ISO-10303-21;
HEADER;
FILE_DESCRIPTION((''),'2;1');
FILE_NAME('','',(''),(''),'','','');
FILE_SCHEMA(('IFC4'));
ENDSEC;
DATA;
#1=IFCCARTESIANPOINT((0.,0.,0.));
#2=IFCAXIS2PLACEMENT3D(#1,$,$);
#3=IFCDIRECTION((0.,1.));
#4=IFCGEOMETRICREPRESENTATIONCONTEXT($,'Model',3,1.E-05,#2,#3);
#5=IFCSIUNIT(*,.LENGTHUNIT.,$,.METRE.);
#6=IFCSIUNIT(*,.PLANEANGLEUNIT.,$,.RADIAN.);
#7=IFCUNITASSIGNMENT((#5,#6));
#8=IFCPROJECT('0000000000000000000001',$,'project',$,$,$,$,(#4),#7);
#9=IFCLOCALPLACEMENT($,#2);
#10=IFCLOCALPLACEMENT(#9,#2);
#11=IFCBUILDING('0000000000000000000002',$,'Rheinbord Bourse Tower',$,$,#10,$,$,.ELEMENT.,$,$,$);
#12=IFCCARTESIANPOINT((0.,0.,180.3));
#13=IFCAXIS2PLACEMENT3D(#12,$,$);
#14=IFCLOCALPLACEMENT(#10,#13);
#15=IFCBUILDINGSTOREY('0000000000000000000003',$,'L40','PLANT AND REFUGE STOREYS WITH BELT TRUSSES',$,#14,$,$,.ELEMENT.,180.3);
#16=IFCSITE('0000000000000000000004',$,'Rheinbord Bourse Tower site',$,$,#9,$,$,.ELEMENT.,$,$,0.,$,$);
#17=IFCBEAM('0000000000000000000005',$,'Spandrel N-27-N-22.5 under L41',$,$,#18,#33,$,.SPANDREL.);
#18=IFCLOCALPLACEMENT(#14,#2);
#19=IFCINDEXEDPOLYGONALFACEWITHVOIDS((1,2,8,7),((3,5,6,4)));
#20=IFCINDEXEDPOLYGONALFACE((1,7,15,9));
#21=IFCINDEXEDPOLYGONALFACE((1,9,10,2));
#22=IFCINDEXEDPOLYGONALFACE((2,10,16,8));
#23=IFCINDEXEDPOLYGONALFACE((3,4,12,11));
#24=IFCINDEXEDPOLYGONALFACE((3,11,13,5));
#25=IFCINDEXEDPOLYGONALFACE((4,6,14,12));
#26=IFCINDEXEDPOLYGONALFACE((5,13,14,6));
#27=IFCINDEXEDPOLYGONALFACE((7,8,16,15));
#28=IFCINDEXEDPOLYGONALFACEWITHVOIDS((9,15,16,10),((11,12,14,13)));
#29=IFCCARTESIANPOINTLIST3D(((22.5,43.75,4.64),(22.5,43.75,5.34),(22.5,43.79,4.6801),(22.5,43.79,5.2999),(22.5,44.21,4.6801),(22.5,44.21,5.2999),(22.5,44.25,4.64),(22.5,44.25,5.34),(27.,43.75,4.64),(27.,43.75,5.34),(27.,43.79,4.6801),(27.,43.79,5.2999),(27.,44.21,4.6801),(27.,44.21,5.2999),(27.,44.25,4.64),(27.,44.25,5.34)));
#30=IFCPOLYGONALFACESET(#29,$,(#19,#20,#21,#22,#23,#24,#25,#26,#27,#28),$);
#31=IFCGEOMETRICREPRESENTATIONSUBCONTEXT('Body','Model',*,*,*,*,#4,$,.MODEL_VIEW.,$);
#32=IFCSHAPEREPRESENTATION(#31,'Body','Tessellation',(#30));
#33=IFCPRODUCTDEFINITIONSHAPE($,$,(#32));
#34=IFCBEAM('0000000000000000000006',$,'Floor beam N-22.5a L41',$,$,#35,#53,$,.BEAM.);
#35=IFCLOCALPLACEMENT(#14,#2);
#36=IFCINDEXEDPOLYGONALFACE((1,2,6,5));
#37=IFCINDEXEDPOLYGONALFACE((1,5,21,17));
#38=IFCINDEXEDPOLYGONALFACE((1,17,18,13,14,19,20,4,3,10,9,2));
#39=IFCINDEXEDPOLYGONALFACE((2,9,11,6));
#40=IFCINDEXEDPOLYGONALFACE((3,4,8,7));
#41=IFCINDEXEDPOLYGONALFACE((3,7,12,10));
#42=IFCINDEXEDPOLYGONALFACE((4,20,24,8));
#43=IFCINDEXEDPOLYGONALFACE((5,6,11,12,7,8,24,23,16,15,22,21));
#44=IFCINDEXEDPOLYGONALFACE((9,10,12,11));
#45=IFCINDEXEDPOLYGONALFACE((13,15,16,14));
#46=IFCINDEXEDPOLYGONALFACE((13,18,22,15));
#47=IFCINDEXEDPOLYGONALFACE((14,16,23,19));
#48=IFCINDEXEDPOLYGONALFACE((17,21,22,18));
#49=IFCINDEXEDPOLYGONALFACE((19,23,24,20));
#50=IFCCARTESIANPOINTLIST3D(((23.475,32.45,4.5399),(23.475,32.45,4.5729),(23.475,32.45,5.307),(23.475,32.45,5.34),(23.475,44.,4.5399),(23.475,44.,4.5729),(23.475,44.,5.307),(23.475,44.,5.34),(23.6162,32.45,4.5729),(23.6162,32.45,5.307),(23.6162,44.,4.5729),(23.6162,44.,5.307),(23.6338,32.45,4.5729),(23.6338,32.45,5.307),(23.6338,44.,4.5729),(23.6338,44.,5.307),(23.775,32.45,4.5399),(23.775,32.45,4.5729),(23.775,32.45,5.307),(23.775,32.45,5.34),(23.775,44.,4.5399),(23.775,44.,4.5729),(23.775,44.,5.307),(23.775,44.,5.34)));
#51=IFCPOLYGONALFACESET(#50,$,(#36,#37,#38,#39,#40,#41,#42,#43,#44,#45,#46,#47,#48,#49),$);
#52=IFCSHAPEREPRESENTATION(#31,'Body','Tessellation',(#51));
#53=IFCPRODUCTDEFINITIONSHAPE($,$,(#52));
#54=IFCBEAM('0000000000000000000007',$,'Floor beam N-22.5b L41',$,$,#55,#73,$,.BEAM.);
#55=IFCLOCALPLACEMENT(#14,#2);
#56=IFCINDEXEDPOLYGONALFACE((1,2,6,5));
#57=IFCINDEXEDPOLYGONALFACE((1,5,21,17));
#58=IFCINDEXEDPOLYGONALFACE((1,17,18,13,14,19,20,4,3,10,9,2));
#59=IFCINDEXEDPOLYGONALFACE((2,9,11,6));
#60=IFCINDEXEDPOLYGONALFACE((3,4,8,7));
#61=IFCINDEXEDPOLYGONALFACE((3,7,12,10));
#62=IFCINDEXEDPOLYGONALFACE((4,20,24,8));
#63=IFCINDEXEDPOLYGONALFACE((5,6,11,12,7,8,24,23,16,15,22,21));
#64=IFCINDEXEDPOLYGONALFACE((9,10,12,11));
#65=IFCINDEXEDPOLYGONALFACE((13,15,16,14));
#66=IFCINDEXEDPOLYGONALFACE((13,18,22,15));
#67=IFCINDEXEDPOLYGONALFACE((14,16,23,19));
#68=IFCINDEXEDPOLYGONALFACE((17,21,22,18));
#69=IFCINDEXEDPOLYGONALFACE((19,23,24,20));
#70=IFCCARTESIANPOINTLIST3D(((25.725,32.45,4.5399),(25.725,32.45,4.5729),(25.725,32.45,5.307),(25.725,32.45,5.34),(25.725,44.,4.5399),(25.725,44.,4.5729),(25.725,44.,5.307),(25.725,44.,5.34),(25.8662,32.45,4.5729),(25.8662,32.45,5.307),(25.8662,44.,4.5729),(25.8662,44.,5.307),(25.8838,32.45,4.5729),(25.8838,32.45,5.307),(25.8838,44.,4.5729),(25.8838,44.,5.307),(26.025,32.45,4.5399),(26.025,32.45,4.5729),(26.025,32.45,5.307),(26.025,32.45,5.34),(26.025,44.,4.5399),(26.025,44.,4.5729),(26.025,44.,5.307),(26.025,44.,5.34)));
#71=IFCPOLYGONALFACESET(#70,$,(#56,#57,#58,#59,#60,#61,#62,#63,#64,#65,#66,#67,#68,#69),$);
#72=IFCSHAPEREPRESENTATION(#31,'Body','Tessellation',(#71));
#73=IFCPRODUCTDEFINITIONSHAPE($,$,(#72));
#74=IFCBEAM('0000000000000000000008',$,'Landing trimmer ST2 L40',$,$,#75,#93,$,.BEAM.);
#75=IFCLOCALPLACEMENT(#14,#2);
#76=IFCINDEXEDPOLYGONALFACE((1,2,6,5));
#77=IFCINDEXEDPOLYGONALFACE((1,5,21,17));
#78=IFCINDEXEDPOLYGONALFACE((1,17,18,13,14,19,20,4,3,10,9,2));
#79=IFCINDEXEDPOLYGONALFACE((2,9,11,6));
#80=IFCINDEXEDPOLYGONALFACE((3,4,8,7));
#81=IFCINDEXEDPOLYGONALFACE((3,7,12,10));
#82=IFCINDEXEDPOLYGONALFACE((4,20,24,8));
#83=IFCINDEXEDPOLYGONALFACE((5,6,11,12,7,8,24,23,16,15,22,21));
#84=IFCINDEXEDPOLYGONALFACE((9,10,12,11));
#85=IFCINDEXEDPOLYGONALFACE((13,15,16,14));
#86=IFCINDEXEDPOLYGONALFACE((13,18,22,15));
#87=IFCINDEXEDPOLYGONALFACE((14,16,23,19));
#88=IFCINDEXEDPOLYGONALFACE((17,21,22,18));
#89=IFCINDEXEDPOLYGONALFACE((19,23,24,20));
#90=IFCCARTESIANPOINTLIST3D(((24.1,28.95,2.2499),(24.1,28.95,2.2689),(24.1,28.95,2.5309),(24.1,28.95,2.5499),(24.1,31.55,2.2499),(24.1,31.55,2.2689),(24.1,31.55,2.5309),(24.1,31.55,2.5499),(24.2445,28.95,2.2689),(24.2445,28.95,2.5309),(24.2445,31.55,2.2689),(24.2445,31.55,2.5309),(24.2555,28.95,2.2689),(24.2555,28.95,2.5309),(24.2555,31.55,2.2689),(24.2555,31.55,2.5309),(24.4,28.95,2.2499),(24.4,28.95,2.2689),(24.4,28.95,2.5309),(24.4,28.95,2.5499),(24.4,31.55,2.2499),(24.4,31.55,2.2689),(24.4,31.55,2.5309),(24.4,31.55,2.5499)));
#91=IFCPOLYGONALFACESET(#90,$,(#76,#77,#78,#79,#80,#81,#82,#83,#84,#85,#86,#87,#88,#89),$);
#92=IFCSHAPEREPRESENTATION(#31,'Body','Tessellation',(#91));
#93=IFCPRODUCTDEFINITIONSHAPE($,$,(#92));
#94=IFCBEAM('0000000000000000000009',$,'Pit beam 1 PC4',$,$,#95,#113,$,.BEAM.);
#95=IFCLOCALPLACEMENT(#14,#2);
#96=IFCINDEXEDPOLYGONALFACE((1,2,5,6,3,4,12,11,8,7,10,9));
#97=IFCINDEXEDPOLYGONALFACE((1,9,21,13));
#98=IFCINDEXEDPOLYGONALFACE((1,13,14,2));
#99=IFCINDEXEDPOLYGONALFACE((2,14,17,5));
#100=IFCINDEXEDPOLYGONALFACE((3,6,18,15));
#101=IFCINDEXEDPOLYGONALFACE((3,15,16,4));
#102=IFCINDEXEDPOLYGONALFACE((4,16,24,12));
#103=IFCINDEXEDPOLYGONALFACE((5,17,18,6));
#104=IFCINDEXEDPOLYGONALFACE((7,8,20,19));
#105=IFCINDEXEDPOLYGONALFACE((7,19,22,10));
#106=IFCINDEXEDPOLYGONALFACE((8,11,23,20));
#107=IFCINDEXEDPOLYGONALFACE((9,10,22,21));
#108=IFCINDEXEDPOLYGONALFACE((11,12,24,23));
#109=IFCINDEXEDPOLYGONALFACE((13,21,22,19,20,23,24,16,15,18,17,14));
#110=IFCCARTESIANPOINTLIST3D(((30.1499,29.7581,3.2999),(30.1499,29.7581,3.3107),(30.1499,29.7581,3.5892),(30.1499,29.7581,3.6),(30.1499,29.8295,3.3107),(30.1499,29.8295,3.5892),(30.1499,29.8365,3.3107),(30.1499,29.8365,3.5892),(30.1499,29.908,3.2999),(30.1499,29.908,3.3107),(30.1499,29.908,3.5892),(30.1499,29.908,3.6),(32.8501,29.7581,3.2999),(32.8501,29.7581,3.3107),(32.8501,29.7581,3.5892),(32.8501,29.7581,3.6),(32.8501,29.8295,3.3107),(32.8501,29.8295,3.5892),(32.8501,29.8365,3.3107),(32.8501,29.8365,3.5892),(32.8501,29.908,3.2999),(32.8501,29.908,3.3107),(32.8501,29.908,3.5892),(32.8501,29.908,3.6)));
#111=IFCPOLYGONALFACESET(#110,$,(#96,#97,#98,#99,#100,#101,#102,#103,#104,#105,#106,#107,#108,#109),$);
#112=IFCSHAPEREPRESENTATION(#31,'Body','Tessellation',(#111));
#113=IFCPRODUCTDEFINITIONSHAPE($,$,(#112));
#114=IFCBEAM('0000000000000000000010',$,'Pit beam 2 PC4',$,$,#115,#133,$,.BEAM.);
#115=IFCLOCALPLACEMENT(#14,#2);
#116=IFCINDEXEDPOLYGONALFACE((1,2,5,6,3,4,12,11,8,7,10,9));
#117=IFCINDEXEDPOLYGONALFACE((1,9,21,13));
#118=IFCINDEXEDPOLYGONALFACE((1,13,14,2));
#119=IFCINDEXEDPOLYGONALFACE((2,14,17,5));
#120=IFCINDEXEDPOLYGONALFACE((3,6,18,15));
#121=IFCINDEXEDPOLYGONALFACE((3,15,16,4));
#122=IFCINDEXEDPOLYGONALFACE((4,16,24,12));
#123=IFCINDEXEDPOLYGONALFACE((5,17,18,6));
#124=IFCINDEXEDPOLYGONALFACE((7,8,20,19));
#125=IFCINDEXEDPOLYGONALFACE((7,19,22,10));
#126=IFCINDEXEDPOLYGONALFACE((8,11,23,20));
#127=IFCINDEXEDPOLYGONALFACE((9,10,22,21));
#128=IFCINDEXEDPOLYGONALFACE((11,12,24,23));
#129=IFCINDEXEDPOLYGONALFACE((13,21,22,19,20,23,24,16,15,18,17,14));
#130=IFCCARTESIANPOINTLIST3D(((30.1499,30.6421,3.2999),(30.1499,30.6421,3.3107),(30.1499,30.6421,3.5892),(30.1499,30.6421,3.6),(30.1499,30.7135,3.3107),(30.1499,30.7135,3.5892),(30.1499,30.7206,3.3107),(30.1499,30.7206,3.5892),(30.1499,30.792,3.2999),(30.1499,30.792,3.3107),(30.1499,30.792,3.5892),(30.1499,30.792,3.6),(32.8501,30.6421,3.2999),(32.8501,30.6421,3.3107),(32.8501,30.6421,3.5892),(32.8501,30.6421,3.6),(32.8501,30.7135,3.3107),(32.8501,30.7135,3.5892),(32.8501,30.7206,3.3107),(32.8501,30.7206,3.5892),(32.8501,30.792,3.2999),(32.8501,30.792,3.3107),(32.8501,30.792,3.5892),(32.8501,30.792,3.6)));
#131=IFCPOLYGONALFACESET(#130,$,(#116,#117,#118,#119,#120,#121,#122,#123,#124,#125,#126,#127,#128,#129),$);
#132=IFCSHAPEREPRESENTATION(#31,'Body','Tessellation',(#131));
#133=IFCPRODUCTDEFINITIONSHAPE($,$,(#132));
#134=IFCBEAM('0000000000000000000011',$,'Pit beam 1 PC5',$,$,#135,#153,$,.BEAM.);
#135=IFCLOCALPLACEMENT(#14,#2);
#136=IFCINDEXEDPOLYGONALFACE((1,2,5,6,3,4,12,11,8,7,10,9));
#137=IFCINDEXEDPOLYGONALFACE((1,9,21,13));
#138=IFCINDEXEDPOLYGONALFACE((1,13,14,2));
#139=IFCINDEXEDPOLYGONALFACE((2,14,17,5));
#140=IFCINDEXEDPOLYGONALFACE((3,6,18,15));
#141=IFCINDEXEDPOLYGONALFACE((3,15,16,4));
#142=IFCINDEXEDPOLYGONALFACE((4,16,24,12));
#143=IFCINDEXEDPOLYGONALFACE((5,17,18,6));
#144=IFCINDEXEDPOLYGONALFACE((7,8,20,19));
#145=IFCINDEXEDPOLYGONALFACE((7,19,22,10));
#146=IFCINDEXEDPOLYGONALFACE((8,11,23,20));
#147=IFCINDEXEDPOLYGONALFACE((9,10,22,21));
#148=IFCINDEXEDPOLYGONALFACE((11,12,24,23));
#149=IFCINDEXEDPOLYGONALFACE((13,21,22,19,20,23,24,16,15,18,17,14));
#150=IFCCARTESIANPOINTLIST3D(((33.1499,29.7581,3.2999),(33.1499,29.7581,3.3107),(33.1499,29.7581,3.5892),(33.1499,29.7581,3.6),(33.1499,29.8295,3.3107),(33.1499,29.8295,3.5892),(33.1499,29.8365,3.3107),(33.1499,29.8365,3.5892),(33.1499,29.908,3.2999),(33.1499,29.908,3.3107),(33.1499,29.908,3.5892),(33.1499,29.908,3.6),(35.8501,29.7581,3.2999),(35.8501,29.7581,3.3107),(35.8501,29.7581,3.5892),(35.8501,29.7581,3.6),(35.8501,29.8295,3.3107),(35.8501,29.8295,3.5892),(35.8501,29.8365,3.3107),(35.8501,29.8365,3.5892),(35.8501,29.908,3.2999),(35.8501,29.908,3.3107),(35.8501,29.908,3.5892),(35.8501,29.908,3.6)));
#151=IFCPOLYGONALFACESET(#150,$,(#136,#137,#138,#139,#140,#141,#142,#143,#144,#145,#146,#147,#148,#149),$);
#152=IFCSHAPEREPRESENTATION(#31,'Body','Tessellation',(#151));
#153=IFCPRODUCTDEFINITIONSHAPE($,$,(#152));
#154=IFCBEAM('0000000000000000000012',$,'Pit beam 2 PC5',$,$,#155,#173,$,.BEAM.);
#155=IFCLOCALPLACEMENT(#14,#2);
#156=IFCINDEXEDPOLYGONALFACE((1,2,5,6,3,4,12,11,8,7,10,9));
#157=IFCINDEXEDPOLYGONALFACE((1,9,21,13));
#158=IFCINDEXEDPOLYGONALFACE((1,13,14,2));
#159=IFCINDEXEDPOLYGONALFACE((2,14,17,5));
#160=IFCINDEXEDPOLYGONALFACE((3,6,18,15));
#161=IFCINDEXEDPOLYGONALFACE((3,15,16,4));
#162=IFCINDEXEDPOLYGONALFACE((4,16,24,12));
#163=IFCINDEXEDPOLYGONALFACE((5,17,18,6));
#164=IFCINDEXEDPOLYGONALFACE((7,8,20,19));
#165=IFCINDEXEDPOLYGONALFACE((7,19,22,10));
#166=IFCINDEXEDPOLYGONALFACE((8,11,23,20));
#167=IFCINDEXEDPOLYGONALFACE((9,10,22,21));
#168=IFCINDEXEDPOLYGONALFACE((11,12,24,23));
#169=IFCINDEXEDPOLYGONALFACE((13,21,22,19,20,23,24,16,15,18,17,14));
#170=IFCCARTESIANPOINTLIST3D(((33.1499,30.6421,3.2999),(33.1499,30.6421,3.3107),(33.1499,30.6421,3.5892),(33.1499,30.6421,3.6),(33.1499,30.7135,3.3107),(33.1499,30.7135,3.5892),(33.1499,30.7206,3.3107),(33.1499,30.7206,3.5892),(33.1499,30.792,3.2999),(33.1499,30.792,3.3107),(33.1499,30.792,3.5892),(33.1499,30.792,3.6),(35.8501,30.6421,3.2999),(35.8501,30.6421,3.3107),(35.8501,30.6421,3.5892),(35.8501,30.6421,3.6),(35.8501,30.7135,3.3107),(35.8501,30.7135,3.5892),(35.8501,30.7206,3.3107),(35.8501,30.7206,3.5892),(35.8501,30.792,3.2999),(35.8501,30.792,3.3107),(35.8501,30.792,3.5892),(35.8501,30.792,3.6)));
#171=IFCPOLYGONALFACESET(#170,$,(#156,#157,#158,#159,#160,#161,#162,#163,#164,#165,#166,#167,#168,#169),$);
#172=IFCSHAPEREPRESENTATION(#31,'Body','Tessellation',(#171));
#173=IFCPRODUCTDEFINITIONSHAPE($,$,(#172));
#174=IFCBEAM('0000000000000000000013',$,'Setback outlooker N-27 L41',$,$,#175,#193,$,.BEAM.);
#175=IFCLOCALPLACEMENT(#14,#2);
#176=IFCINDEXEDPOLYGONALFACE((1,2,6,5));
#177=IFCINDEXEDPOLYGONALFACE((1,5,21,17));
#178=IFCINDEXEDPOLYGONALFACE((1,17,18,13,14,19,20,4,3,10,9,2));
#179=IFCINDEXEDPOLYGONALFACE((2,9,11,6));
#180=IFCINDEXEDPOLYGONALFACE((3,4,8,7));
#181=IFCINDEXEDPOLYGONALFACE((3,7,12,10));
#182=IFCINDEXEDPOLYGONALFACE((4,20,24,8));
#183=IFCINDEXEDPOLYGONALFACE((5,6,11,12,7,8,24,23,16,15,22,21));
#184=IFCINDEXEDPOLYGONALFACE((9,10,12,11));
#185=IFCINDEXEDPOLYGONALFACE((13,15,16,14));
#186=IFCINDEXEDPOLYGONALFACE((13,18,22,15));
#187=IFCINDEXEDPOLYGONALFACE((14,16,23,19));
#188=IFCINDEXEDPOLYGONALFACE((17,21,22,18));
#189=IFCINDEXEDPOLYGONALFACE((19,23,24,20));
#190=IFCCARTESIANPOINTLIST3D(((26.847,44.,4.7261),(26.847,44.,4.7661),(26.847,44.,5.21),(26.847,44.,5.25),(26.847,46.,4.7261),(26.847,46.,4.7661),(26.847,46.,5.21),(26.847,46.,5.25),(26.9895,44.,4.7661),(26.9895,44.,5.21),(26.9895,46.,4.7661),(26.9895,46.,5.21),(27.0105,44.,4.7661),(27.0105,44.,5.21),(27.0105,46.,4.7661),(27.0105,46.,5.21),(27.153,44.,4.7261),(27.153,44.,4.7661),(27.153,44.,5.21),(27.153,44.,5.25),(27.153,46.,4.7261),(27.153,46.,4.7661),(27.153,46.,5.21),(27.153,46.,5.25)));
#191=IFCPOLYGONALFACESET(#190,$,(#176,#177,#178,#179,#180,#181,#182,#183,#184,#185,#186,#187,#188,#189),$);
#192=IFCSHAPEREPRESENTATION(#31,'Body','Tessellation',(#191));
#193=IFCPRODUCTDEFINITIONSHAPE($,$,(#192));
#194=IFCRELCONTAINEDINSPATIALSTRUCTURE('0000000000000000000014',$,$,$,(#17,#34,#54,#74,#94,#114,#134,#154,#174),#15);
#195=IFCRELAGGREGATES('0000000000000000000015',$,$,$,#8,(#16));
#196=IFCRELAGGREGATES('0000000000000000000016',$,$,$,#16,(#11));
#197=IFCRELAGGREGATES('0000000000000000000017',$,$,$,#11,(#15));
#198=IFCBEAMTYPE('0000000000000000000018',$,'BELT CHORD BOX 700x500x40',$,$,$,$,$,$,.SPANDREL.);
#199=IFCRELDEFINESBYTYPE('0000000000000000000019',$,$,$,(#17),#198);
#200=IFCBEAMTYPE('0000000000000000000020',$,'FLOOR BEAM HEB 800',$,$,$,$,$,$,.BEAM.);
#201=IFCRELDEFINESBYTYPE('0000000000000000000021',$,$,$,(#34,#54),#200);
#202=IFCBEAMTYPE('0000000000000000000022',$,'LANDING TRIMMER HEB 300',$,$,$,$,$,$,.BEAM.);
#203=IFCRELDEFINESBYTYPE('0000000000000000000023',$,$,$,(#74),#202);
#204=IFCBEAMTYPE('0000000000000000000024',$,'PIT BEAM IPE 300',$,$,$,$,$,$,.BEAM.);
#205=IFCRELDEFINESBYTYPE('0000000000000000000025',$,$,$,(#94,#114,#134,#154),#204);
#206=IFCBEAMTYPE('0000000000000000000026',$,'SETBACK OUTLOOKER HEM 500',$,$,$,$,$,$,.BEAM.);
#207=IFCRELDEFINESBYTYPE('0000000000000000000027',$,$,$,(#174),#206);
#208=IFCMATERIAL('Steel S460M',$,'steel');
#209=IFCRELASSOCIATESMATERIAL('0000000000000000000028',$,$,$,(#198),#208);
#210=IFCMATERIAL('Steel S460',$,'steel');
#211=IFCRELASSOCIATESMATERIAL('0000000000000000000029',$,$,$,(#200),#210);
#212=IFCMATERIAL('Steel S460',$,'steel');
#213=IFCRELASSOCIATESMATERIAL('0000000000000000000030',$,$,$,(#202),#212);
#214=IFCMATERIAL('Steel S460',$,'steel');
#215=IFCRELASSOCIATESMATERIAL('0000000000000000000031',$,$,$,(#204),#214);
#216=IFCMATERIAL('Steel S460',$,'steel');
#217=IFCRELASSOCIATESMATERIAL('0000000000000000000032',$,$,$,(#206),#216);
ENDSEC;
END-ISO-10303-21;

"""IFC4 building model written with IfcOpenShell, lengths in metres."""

from ifc_helpers import new_model, si_unit, direction, frame, origin, origin_2d, place, context, subcontext, project, spatial, hollow_rectangle, i_section, extrude, material, material_profile, profile_set, type_object, element, save


model = new_model("IFC4")

# Units and contexts
model_context = context("Model", 3, precision=1e-05, world=origin(), true_north=direction((0.0, 1.0)))
body_context = subcontext(model_context, "Body", "Model", "MODEL_VIEW")
ifc_project = project(units=[si_unit("LENGTHUNIT", "METRE"), si_unit("PLANEANGLEUNIT", "RADIAN")], contexts=[model_context])

# Site, building, storey
site_placement = place(None, origin())
site = spatial("IfcSite", under=ifc_project, at=site_placement, Name="Rheinbord Bourse Tower site", CompositionType="ELEMENT", RefElevation=0.0)
building_placement = place(site_placement, origin())
building = spatial("IfcBuilding", under=site, at=building_placement, Name="Rheinbord Bourse Tower", CompositionType="ELEMENT")
storey_placement = place(building_placement, frame((0.0, 0.0, 180.3)))
storey = spatial("IfcBuildingStorey", under=building, at=storey_placement, Name="L40", Description="PLANT AND REFUGE STOREYS WITH BELT TRUSSES", CompositionType="ELEMENT", Elevation=180.3)

# Beams
ifc_material_1 = material(Name="Steel S460M", Category="steel")
ifc_material_profile_1 = material_profile(ifc_material_1, hollow_rectangle(XDim=0.5, YDim=0.7, WallThickness=0.04, at=origin_2d()), Name="BOX 700x500x40")
ifc_profile_set_1 = profile_set([ifc_material_profile_1], Name="Steel S460M")
beam_type_1 = type_object("IfcBeamType", Name="BELT CHORD BOX 700x500x40", PredefinedType="SPANDREL", material=ifc_profile_set_1)
beam_1_placement = place(storey_placement, frame((27.0, 44.0, 4.99), z_axis=(-1.0, 0.0, 0.0), x_axis=(0.0, -1.0, 0.0)))
element("IfcBeam", 1, at=beam_1_placement, inside=storey, type_object=beam_type_1, Name="Spandrel N-27-N-22.5 under L41", PredefinedType="SPANDREL", context=body_context, shape_type="SweptSolid", body=[
    extrude(hollow_rectangle(XDim=0.5, YDim=0.7, WallThickness=0.04, at=origin_2d()), origin(), (0.0, 0.0, 1.0), 4.5),
])
ifc_material_2 = material(Name="Steel S460", Category="steel")
ifc_material_profile_2 = material_profile(ifc_material_2, i_section(OverallWidth=0.3, OverallDepth=0.8, WebThickness=0.0176, FlangeThickness=0.033, at=origin_2d()), Name="HEB 800")
ifc_profile_set_2 = profile_set([ifc_material_profile_2], Name="Steel S460")
beam_type_2 = type_object("IfcBeamType", Name="FLOOR BEAM HEB 800", PredefinedType="BEAM", material=ifc_profile_set_2)
for number, where, z_axis, x_axis, name in (
    (2, (23.625, 44.0, 4.9399), (0.0, -1.0, 0.0), (1.0, 0.0, 0.0), "Floor beam N-22.5a L41"),
    (3, (25.875, 44.0, 4.9399), (0.0, -1.0, 0.0), (1.0, 0.0, 0.0), "Floor beam N-22.5b L41"),
):
    element("IfcBeam", number, at=place(storey_placement, frame(where, z_axis=z_axis, x_axis=x_axis)), inside=storey, type_object=beam_type_2, Name=name, PredefinedType="BEAM", context=body_context, shape_type="SweptSolid", body=[
        extrude(i_section(OverallWidth=0.3, OverallDepth=0.8, WebThickness=0.0176, FlangeThickness=0.033, at=origin_2d()), origin(), (0.0, 0.0, 1.0), 11.55),
    ])
ifc_material_3 = material(Name="Steel S460", Category="steel")
ifc_material_profile_3 = material_profile(ifc_material_3, i_section(OverallWidth=0.3, OverallDepth=0.3, WebThickness=0.011, FlangeThickness=0.019, at=origin_2d()), Name="HEB 300")
ifc_profile_set_3 = profile_set([ifc_material_profile_3], Name="Steel S460")
beam_type_3 = type_object("IfcBeamType", Name="LANDING TRIMMER HEB 300", PredefinedType="BEAM", material=ifc_profile_set_3)
beam_2_placement = place(storey_placement, frame((24.25, 28.95, 2.3999), z_axis=(0.0, 1.0, 0.0), x_axis=(-1.0, 0.0, 0.0)))
element("IfcBeam", 4, at=beam_2_placement, inside=storey, type_object=beam_type_3, Name="Landing trimmer ST2 L40", PredefinedType="BEAM", context=body_context, shape_type="SweptSolid", body=[
    extrude(i_section(OverallWidth=0.3, OverallDepth=0.3, WebThickness=0.011, FlangeThickness=0.019, at=origin_2d()), origin(), (0.0, 0.0, 1.0), 2.6001),
])
ifc_material_4 = material(Name="Steel S460", Category="steel")
ifc_material_profile_4 = material_profile(ifc_material_4, i_section(OverallWidth=0.1499, OverallDepth=0.3, WebThickness=0.0071, FlangeThickness=0.0107, at=origin_2d()), Name="IPE 300")
ifc_profile_set_4 = profile_set([ifc_material_profile_4], Name="Steel S460")
beam_type_4 = type_object("IfcBeamType", Name="PIT BEAM IPE 300", PredefinedType="BEAM", material=ifc_profile_set_4)
for number, where, z_axis, x_axis, name in (
    (5, (30.1499, 29.833, 3.45), (1.0, 0.0, 0.0), (0.0, 1.0, 0.0), "Pit beam 1 PC4"),
    (6, (30.1499, 30.717, 3.45), (1.0, 0.0, 0.0), (0.0, 1.0, 0.0), "Pit beam 2 PC4"),
    (7, (33.1499, 29.833, 3.45), (1.0, 0.0, 0.0), (0.0, 1.0, 0.0), "Pit beam 1 PC5"),
    (8, (33.1499, 30.717, 3.45), (1.0, 0.0, 0.0), (0.0, 1.0, 0.0), "Pit beam 2 PC5"),
):
    element("IfcBeam", number, at=place(storey_placement, frame(where, z_axis=z_axis, x_axis=x_axis)), inside=storey, type_object=beam_type_4, Name=name, PredefinedType="BEAM", context=body_context, shape_type="SweptSolid", body=[
        extrude(i_section(OverallWidth=0.1499, OverallDepth=0.3, WebThickness=0.0071, FlangeThickness=0.0107, at=origin_2d()), origin(), (0.0, 0.0, 1.0), 2.7002),
    ])
ifc_material_5 = material(Name="Steel S460", Category="steel")
ifc_material_profile_5 = material_profile(ifc_material_5, i_section(OverallWidth=0.3059, OverallDepth=0.5239, WebThickness=0.021, FlangeThickness=0.04, at=origin_2d()), Name="HEM 500")
ifc_profile_set_5 = profile_set([ifc_material_profile_5], Name="Steel S460")
beam_type_5 = type_object("IfcBeamType", Name="SETBACK OUTLOOKER HEM 500", PredefinedType="BEAM", material=ifc_profile_set_5)
beam_3_placement = place(storey_placement, frame((27.0, 44.0, 4.988), z_axis=(0.0, 1.0, 0.0), x_axis=(-1.0, 0.0, 0.0)))
element("IfcBeam", 9, at=beam_3_placement, inside=storey, type_object=beam_type_5, Name="Setback outlooker N-27 L41", PredefinedType="BEAM", context=body_context, shape_type="SweptSolid", body=[
    extrude(i_section(OverallWidth=0.3059, OverallDepth=0.5239, WebThickness=0.021, FlangeThickness=0.04, at=origin_2d()), origin(), (0.0, 0.0, 1.0), 2.0),
])

save(model, "model.ifc")
